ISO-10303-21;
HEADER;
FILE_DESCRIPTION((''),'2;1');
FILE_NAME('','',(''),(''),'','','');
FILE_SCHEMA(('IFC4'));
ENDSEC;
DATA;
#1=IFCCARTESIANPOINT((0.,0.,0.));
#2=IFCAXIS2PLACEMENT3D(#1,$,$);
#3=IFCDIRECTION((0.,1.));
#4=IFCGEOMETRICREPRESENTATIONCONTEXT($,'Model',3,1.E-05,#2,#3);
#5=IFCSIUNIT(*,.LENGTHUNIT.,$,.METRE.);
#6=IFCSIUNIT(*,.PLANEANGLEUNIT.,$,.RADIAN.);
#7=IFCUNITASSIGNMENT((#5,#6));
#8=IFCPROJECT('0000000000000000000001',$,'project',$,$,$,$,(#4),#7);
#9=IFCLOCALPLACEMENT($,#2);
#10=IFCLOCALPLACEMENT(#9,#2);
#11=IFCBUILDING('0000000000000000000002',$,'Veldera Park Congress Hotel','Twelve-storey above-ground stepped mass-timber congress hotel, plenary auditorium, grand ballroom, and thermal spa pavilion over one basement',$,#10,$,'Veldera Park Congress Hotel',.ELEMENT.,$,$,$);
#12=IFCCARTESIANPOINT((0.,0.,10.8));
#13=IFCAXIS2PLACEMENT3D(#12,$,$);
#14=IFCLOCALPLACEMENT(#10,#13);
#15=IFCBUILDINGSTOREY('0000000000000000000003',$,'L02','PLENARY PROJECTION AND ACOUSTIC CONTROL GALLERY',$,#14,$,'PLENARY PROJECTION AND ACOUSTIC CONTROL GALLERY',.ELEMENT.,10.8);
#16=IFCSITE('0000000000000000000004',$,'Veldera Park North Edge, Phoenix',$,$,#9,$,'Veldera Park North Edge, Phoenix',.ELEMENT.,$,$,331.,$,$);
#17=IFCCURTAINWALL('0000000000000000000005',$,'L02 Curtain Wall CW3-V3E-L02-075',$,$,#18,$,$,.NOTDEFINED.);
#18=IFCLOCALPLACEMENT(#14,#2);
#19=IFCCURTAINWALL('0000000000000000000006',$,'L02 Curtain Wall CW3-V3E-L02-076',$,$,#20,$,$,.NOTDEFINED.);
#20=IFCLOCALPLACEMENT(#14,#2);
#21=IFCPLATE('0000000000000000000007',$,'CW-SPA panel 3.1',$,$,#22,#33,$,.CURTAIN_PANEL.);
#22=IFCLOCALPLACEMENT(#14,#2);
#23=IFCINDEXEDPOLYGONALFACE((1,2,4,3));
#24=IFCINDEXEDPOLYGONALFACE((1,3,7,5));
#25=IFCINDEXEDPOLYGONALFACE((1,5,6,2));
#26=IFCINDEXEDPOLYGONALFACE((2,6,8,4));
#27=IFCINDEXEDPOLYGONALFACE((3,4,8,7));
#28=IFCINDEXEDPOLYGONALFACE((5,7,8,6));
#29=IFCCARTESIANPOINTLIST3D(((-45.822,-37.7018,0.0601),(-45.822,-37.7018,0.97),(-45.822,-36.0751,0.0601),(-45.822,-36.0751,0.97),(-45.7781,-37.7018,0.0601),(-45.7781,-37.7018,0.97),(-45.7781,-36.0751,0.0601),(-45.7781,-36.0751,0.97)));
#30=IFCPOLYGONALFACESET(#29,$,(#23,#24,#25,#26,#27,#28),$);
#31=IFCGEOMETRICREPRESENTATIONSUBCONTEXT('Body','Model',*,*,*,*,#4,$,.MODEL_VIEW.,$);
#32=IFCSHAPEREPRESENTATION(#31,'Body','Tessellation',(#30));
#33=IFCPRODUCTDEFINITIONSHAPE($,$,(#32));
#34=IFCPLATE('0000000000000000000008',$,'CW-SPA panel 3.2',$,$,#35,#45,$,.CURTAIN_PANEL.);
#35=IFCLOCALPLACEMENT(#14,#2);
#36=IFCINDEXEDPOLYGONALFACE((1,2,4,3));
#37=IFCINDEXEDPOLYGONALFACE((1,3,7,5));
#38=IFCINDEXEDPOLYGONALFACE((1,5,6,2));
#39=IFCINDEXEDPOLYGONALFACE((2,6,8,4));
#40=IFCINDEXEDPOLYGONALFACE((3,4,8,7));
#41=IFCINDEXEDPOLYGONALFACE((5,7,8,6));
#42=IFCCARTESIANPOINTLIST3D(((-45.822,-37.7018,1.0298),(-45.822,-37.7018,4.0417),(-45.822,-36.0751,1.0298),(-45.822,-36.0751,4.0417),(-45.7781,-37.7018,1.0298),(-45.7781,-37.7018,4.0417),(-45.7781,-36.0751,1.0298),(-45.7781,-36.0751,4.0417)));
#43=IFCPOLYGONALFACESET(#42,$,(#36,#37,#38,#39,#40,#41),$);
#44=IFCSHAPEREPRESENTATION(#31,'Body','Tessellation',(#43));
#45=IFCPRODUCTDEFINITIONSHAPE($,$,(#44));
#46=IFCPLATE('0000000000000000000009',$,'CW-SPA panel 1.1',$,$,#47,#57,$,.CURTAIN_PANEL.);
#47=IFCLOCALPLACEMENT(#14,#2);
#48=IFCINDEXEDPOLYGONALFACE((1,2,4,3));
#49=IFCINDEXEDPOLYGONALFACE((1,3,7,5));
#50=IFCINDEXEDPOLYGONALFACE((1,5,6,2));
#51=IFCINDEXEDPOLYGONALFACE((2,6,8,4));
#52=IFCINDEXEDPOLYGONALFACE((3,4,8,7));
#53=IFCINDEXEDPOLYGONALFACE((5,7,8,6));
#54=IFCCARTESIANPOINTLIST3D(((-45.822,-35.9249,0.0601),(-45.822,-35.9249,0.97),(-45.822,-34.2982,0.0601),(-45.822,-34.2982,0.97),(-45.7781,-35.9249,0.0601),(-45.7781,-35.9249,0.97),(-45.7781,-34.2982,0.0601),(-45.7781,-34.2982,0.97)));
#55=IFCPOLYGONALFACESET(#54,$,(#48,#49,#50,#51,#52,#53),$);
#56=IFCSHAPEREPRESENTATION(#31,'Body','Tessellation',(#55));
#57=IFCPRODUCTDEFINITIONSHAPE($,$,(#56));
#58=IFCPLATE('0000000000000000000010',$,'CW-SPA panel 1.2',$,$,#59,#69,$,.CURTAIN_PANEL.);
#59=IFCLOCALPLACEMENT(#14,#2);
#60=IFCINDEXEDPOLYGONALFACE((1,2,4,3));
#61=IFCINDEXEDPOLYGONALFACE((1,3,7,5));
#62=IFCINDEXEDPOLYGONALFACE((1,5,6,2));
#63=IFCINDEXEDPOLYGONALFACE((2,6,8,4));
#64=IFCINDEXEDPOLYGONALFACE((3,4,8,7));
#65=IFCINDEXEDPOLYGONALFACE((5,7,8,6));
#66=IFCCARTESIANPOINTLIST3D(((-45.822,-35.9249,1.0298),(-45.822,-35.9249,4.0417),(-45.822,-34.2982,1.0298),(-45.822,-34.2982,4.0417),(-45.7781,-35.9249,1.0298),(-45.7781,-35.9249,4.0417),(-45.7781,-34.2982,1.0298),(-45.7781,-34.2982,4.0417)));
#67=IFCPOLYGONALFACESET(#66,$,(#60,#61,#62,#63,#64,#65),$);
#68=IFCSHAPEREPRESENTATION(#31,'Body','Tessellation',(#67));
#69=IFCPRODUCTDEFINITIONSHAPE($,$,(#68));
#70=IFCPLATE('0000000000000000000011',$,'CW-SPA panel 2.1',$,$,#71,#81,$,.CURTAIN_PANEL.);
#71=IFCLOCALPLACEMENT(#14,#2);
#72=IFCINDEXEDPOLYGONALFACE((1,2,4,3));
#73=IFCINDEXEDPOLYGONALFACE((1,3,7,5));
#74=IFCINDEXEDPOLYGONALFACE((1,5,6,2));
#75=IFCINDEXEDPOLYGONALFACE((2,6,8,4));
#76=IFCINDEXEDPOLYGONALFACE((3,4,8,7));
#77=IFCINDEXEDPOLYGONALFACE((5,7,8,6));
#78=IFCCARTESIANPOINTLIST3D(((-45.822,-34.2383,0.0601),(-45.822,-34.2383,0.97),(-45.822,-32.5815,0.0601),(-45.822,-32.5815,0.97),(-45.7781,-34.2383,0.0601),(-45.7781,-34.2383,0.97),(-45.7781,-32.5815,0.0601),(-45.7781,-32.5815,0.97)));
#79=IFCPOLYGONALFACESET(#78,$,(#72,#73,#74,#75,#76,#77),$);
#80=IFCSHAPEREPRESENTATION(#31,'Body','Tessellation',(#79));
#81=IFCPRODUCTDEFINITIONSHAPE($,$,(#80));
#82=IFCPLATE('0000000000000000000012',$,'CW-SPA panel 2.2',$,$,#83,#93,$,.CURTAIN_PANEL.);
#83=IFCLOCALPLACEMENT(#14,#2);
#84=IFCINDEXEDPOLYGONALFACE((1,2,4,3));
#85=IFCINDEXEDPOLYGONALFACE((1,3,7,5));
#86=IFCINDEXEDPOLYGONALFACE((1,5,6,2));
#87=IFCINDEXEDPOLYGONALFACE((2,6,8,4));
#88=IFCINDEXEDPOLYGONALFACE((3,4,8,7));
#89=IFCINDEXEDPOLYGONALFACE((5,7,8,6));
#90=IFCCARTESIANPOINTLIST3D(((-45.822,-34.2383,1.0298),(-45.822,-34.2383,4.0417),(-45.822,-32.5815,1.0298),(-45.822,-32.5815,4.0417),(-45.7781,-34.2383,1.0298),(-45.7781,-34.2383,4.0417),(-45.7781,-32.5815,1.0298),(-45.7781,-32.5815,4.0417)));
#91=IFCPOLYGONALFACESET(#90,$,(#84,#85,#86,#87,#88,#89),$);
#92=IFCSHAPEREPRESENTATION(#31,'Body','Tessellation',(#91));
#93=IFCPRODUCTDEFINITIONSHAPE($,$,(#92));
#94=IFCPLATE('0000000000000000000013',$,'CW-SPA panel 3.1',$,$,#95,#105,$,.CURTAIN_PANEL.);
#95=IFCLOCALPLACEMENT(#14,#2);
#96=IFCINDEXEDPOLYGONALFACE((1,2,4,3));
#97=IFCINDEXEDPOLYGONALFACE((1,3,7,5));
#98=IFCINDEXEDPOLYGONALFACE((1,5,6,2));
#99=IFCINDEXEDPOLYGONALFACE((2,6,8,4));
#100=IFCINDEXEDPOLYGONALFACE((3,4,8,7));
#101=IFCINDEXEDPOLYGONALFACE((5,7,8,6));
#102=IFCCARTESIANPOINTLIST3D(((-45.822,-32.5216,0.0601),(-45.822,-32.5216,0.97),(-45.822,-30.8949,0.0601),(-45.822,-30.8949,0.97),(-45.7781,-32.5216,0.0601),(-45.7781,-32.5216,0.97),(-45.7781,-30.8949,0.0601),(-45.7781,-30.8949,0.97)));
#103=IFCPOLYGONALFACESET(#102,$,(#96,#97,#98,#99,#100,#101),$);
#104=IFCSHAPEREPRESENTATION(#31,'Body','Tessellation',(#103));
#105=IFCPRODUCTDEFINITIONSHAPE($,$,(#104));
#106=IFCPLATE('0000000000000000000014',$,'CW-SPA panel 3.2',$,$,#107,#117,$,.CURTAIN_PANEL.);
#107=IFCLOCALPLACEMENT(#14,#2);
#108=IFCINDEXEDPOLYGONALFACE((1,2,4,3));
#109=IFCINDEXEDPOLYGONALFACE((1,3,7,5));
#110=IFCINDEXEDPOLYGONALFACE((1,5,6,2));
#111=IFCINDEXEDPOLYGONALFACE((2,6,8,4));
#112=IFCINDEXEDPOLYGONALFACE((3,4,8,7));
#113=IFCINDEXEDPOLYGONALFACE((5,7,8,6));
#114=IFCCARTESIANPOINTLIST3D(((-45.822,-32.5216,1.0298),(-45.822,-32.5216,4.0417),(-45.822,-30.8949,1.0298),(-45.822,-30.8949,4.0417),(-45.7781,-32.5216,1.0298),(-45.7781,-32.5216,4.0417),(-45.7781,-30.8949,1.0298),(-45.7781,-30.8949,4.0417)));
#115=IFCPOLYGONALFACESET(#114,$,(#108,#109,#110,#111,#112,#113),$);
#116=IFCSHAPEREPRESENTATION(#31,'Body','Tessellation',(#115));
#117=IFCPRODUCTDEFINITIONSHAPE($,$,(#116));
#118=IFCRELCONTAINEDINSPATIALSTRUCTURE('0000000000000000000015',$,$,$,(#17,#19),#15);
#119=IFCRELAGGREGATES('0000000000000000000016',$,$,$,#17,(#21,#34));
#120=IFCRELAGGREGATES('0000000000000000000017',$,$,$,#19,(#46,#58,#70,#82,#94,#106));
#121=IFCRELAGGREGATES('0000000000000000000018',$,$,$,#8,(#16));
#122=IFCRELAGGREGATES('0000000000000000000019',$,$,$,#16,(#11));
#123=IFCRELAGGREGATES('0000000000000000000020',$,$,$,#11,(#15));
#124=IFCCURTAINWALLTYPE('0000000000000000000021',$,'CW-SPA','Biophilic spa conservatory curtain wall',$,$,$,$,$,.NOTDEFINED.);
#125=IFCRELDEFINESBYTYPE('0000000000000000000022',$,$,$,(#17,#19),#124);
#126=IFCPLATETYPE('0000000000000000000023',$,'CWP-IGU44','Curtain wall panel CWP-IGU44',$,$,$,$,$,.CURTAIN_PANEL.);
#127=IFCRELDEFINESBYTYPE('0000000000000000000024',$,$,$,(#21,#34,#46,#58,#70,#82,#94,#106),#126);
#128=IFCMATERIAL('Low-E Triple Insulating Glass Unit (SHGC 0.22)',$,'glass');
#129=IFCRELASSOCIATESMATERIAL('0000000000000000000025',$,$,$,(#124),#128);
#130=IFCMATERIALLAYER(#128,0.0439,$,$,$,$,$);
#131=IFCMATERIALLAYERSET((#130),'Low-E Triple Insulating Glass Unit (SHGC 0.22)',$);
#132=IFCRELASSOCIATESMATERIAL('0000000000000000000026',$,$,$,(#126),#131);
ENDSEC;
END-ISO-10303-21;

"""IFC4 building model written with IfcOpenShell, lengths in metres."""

from ifc_helpers import new_model, si_unit, direction, frame, origin, origin_2d, place, context, subcontext, project, spatial, rectangle, extrude, material, layer, layer_set, type_object, element, aggregate, save


model = new_model("IFC4")

# Units and contexts
model_context = context("Model", 3, precision=1e-05, world=origin(), true_north=direction((0.0, 1.0)))
body_context = subcontext(model_context, "Body", "Model", "MODEL_VIEW")
ifc_project = project(units=[si_unit("LENGTHUNIT", "METRE"), si_unit("PLANEANGLEUNIT", "RADIAN")], contexts=[model_context])

# Site, building, storey
site_placement = place(None, origin())
site = spatial("IfcSite", under=ifc_project, at=site_placement, Name="Veldera Park North Edge, Phoenix", LongName="Veldera Park North Edge, Phoenix", CompositionType="ELEMENT", RefElevation=331.0)
building_placement = place(site_placement, origin())
building = spatial("IfcBuilding", under=site, at=building_placement, Name="Veldera Park Congress Hotel", Description="Twelve-storey above-ground stepped mass-timber congress hotel, plenary auditorium, grand ballroom, and thermal spa pavilion over one basement", LongName="Veldera Park Congress Hotel", CompositionType="ELEMENT")
storey_placement = place(building_placement, frame((0.0, 0.0, 10.8)))
storey = spatial("IfcBuildingStorey", under=building, at=storey_placement, Name="L02", Description="PLENARY PROJECTION AND ACOUSTIC CONTROL GALLERY", LongName="PLENARY PROJECTION AND ACOUSTIC CONTROL GALLERY", CompositionType="ELEMENT", Elevation=10.8)

# Curtain walls
ifc_material_1 = material(Name="Low-E Triple Insulating Glass Unit (SHGC 0.22)", Category="glass")
curtain_wall_type = type_object("IfcCurtainWallType", Name="CW-SPA", Description="Biophilic spa conservatory curtain wall", PredefinedType="NOTDEFINED", material=ifc_material_1)
curtain_wall_1_placement = place(storey_placement, origin())
curtain_wall_1 = element("IfcCurtainWall", 1, at=curtain_wall_1_placement, inside=storey, type_object=curtain_wall_type, Name="L02 Curtain Wall CW3-V3E-L02-075", PredefinedType="NOTDEFINED")
curtain_wall_2_placement = place(storey_placement, origin())
curtain_wall_2 = element("IfcCurtainWall", 2, at=curtain_wall_2_placement, inside=storey, type_object=curtain_wall_type, Name="L02 Curtain Wall CW3-V3E-L02-076", PredefinedType="NOTDEFINED")

# Plates
ifc_layer = layer(ifc_material_1, 0.0439)
ifc_layer_set = layer_set([ifc_layer], Name="Low-E Triple Insulating Glass Unit (SHGC 0.22)")
plate_type = type_object("IfcPlateType", Name="CWP-IGU44", Description="Curtain wall panel CWP-IGU44", PredefinedType="CURTAIN_PANEL", material=ifc_layer_set)
plate_1_placement = place(storey_placement, frame((-45.8, -36.8884, 0.0601), z_axis=(0.0, 0.0, 1.0), x_axis=(0.0, 1.0, 0.0)))
plate_1 = element("IfcPlate", 3, at=plate_1_placement, type_object=plate_type, Name="CW-SPA panel 3.1", PredefinedType="CURTAIN_PANEL", context=body_context, shape_type="SweptSolid", body=[
    extrude(rectangle(XDim=1.6267, YDim=0.0439, at=origin_2d()), origin(), (0.0, 0.0, 1.0), 0.9099),
])
plate_2_placement = place(storey_placement, frame((-45.8, -36.8884, 1.0298), z_axis=(0.0, 0.0, 1.0), x_axis=(0.0, 1.0, 0.0)))
plate_2 = element("IfcPlate", 4, at=plate_2_placement, type_object=plate_type, Name="CW-SPA panel 3.2", PredefinedType="CURTAIN_PANEL", context=body_context, shape_type="SweptSolid", body=[
    extrude(rectangle(XDim=1.6267, YDim=0.0439, at=origin_2d()), origin(), (0.0, 0.0, 1.0), 3.012),
])
aggregate(curtain_wall_1, [plate_1, plate_2])
plate_3_placement = place(storey_placement, frame((-45.8, -35.1116, 0.0601), z_axis=(0.0, 0.0, 1.0), x_axis=(0.0, 1.0, 0.0)))
plate_3 = element("IfcPlate", 5, at=plate_3_placement, type_object=plate_type, Name="CW-SPA panel 1.1", PredefinedType="CURTAIN_PANEL", context=body_context, shape_type="SweptSolid", body=[
    extrude(rectangle(XDim=1.6267, YDim=0.0439, at=origin_2d()), origin(), (0.0, 0.0, 1.0), 0.9099),
])
plate_4_placement = place(storey_placement, frame((-45.8, -35.1116, 1.0298), z_axis=(0.0, 0.0, 1.0), x_axis=(0.0, 1.0, 0.0)))
plate_4 = element("IfcPlate", 6, at=plate_4_placement, type_object=plate_type, Name="CW-SPA panel 1.2", PredefinedType="CURTAIN_PANEL", context=body_context, shape_type="SweptSolid", body=[
    extrude(rectangle(XDim=1.6267, YDim=0.0439, at=origin_2d()), origin(), (0.0, 0.0, 1.0), 3.012),
])
plate_5_placement = place(storey_placement, frame((-45.8, -33.4099, 0.0601), z_axis=(0.0, 0.0, 1.0), x_axis=(0.0, 1.0, 0.0)))
plate_5 = element("IfcPlate", 7, at=plate_5_placement, type_object=plate_type, Name="CW-SPA panel 2.1", PredefinedType="CURTAIN_PANEL", context=body_context, shape_type="SweptSolid", body=[
    extrude(rectangle(XDim=1.6567, YDim=0.0439, at=origin_2d()), origin(), (0.0, 0.0, 1.0), 0.9099),
])
plate_6_placement = place(storey_placement, frame((-45.8, -33.4099, 1.0298), z_axis=(0.0, 0.0, 1.0), x_axis=(0.0, 1.0, 0.0)))
plate_6 = element("IfcPlate", 8, at=plate_6_placement, type_object=plate_type, Name="CW-SPA panel 2.2", PredefinedType="CURTAIN_PANEL", context=body_context, shape_type="SweptSolid", body=[
    extrude(rectangle(XDim=1.6567, YDim=0.0439, at=origin_2d()), origin(), (0.0, 0.0, 1.0), 3.012),
])
plate_7_placement = place(storey_placement, frame((-45.8, -31.7083, 0.0601), z_axis=(0.0, 0.0, 1.0), x_axis=(0.0, 1.0, 0.0)))
plate_7 = element("IfcPlate", 9, at=plate_7_placement, type_object=plate_type, Name="CW-SPA panel 3.1", PredefinedType="CURTAIN_PANEL", context=body_context, shape_type="SweptSolid", body=[
    extrude(rectangle(XDim=1.6267, YDim=0.0439, at=origin_2d()), origin(), (0.0, 0.0, 1.0), 0.9099),
])
plate_8_placement = place(storey_placement, frame((-45.8, -31.7083, 1.0298), z_axis=(0.0, 0.0, 1.0), x_axis=(0.0, 1.0, 0.0)))
plate_8 = element("IfcPlate", 10, at=plate_8_placement, type_object=plate_type, Name="CW-SPA panel 3.2", PredefinedType="CURTAIN_PANEL", context=body_context, shape_type="SweptSolid", body=[
    extrude(rectangle(XDim=1.6267, YDim=0.0439, at=origin_2d()), origin(), (0.0, 0.0, 1.0), 3.012),
])
aggregate(curtain_wall_2, [plate_3, plate_4, plate_5, plate_6, plate_7, plate_8])

save(model, "model.ifc")
